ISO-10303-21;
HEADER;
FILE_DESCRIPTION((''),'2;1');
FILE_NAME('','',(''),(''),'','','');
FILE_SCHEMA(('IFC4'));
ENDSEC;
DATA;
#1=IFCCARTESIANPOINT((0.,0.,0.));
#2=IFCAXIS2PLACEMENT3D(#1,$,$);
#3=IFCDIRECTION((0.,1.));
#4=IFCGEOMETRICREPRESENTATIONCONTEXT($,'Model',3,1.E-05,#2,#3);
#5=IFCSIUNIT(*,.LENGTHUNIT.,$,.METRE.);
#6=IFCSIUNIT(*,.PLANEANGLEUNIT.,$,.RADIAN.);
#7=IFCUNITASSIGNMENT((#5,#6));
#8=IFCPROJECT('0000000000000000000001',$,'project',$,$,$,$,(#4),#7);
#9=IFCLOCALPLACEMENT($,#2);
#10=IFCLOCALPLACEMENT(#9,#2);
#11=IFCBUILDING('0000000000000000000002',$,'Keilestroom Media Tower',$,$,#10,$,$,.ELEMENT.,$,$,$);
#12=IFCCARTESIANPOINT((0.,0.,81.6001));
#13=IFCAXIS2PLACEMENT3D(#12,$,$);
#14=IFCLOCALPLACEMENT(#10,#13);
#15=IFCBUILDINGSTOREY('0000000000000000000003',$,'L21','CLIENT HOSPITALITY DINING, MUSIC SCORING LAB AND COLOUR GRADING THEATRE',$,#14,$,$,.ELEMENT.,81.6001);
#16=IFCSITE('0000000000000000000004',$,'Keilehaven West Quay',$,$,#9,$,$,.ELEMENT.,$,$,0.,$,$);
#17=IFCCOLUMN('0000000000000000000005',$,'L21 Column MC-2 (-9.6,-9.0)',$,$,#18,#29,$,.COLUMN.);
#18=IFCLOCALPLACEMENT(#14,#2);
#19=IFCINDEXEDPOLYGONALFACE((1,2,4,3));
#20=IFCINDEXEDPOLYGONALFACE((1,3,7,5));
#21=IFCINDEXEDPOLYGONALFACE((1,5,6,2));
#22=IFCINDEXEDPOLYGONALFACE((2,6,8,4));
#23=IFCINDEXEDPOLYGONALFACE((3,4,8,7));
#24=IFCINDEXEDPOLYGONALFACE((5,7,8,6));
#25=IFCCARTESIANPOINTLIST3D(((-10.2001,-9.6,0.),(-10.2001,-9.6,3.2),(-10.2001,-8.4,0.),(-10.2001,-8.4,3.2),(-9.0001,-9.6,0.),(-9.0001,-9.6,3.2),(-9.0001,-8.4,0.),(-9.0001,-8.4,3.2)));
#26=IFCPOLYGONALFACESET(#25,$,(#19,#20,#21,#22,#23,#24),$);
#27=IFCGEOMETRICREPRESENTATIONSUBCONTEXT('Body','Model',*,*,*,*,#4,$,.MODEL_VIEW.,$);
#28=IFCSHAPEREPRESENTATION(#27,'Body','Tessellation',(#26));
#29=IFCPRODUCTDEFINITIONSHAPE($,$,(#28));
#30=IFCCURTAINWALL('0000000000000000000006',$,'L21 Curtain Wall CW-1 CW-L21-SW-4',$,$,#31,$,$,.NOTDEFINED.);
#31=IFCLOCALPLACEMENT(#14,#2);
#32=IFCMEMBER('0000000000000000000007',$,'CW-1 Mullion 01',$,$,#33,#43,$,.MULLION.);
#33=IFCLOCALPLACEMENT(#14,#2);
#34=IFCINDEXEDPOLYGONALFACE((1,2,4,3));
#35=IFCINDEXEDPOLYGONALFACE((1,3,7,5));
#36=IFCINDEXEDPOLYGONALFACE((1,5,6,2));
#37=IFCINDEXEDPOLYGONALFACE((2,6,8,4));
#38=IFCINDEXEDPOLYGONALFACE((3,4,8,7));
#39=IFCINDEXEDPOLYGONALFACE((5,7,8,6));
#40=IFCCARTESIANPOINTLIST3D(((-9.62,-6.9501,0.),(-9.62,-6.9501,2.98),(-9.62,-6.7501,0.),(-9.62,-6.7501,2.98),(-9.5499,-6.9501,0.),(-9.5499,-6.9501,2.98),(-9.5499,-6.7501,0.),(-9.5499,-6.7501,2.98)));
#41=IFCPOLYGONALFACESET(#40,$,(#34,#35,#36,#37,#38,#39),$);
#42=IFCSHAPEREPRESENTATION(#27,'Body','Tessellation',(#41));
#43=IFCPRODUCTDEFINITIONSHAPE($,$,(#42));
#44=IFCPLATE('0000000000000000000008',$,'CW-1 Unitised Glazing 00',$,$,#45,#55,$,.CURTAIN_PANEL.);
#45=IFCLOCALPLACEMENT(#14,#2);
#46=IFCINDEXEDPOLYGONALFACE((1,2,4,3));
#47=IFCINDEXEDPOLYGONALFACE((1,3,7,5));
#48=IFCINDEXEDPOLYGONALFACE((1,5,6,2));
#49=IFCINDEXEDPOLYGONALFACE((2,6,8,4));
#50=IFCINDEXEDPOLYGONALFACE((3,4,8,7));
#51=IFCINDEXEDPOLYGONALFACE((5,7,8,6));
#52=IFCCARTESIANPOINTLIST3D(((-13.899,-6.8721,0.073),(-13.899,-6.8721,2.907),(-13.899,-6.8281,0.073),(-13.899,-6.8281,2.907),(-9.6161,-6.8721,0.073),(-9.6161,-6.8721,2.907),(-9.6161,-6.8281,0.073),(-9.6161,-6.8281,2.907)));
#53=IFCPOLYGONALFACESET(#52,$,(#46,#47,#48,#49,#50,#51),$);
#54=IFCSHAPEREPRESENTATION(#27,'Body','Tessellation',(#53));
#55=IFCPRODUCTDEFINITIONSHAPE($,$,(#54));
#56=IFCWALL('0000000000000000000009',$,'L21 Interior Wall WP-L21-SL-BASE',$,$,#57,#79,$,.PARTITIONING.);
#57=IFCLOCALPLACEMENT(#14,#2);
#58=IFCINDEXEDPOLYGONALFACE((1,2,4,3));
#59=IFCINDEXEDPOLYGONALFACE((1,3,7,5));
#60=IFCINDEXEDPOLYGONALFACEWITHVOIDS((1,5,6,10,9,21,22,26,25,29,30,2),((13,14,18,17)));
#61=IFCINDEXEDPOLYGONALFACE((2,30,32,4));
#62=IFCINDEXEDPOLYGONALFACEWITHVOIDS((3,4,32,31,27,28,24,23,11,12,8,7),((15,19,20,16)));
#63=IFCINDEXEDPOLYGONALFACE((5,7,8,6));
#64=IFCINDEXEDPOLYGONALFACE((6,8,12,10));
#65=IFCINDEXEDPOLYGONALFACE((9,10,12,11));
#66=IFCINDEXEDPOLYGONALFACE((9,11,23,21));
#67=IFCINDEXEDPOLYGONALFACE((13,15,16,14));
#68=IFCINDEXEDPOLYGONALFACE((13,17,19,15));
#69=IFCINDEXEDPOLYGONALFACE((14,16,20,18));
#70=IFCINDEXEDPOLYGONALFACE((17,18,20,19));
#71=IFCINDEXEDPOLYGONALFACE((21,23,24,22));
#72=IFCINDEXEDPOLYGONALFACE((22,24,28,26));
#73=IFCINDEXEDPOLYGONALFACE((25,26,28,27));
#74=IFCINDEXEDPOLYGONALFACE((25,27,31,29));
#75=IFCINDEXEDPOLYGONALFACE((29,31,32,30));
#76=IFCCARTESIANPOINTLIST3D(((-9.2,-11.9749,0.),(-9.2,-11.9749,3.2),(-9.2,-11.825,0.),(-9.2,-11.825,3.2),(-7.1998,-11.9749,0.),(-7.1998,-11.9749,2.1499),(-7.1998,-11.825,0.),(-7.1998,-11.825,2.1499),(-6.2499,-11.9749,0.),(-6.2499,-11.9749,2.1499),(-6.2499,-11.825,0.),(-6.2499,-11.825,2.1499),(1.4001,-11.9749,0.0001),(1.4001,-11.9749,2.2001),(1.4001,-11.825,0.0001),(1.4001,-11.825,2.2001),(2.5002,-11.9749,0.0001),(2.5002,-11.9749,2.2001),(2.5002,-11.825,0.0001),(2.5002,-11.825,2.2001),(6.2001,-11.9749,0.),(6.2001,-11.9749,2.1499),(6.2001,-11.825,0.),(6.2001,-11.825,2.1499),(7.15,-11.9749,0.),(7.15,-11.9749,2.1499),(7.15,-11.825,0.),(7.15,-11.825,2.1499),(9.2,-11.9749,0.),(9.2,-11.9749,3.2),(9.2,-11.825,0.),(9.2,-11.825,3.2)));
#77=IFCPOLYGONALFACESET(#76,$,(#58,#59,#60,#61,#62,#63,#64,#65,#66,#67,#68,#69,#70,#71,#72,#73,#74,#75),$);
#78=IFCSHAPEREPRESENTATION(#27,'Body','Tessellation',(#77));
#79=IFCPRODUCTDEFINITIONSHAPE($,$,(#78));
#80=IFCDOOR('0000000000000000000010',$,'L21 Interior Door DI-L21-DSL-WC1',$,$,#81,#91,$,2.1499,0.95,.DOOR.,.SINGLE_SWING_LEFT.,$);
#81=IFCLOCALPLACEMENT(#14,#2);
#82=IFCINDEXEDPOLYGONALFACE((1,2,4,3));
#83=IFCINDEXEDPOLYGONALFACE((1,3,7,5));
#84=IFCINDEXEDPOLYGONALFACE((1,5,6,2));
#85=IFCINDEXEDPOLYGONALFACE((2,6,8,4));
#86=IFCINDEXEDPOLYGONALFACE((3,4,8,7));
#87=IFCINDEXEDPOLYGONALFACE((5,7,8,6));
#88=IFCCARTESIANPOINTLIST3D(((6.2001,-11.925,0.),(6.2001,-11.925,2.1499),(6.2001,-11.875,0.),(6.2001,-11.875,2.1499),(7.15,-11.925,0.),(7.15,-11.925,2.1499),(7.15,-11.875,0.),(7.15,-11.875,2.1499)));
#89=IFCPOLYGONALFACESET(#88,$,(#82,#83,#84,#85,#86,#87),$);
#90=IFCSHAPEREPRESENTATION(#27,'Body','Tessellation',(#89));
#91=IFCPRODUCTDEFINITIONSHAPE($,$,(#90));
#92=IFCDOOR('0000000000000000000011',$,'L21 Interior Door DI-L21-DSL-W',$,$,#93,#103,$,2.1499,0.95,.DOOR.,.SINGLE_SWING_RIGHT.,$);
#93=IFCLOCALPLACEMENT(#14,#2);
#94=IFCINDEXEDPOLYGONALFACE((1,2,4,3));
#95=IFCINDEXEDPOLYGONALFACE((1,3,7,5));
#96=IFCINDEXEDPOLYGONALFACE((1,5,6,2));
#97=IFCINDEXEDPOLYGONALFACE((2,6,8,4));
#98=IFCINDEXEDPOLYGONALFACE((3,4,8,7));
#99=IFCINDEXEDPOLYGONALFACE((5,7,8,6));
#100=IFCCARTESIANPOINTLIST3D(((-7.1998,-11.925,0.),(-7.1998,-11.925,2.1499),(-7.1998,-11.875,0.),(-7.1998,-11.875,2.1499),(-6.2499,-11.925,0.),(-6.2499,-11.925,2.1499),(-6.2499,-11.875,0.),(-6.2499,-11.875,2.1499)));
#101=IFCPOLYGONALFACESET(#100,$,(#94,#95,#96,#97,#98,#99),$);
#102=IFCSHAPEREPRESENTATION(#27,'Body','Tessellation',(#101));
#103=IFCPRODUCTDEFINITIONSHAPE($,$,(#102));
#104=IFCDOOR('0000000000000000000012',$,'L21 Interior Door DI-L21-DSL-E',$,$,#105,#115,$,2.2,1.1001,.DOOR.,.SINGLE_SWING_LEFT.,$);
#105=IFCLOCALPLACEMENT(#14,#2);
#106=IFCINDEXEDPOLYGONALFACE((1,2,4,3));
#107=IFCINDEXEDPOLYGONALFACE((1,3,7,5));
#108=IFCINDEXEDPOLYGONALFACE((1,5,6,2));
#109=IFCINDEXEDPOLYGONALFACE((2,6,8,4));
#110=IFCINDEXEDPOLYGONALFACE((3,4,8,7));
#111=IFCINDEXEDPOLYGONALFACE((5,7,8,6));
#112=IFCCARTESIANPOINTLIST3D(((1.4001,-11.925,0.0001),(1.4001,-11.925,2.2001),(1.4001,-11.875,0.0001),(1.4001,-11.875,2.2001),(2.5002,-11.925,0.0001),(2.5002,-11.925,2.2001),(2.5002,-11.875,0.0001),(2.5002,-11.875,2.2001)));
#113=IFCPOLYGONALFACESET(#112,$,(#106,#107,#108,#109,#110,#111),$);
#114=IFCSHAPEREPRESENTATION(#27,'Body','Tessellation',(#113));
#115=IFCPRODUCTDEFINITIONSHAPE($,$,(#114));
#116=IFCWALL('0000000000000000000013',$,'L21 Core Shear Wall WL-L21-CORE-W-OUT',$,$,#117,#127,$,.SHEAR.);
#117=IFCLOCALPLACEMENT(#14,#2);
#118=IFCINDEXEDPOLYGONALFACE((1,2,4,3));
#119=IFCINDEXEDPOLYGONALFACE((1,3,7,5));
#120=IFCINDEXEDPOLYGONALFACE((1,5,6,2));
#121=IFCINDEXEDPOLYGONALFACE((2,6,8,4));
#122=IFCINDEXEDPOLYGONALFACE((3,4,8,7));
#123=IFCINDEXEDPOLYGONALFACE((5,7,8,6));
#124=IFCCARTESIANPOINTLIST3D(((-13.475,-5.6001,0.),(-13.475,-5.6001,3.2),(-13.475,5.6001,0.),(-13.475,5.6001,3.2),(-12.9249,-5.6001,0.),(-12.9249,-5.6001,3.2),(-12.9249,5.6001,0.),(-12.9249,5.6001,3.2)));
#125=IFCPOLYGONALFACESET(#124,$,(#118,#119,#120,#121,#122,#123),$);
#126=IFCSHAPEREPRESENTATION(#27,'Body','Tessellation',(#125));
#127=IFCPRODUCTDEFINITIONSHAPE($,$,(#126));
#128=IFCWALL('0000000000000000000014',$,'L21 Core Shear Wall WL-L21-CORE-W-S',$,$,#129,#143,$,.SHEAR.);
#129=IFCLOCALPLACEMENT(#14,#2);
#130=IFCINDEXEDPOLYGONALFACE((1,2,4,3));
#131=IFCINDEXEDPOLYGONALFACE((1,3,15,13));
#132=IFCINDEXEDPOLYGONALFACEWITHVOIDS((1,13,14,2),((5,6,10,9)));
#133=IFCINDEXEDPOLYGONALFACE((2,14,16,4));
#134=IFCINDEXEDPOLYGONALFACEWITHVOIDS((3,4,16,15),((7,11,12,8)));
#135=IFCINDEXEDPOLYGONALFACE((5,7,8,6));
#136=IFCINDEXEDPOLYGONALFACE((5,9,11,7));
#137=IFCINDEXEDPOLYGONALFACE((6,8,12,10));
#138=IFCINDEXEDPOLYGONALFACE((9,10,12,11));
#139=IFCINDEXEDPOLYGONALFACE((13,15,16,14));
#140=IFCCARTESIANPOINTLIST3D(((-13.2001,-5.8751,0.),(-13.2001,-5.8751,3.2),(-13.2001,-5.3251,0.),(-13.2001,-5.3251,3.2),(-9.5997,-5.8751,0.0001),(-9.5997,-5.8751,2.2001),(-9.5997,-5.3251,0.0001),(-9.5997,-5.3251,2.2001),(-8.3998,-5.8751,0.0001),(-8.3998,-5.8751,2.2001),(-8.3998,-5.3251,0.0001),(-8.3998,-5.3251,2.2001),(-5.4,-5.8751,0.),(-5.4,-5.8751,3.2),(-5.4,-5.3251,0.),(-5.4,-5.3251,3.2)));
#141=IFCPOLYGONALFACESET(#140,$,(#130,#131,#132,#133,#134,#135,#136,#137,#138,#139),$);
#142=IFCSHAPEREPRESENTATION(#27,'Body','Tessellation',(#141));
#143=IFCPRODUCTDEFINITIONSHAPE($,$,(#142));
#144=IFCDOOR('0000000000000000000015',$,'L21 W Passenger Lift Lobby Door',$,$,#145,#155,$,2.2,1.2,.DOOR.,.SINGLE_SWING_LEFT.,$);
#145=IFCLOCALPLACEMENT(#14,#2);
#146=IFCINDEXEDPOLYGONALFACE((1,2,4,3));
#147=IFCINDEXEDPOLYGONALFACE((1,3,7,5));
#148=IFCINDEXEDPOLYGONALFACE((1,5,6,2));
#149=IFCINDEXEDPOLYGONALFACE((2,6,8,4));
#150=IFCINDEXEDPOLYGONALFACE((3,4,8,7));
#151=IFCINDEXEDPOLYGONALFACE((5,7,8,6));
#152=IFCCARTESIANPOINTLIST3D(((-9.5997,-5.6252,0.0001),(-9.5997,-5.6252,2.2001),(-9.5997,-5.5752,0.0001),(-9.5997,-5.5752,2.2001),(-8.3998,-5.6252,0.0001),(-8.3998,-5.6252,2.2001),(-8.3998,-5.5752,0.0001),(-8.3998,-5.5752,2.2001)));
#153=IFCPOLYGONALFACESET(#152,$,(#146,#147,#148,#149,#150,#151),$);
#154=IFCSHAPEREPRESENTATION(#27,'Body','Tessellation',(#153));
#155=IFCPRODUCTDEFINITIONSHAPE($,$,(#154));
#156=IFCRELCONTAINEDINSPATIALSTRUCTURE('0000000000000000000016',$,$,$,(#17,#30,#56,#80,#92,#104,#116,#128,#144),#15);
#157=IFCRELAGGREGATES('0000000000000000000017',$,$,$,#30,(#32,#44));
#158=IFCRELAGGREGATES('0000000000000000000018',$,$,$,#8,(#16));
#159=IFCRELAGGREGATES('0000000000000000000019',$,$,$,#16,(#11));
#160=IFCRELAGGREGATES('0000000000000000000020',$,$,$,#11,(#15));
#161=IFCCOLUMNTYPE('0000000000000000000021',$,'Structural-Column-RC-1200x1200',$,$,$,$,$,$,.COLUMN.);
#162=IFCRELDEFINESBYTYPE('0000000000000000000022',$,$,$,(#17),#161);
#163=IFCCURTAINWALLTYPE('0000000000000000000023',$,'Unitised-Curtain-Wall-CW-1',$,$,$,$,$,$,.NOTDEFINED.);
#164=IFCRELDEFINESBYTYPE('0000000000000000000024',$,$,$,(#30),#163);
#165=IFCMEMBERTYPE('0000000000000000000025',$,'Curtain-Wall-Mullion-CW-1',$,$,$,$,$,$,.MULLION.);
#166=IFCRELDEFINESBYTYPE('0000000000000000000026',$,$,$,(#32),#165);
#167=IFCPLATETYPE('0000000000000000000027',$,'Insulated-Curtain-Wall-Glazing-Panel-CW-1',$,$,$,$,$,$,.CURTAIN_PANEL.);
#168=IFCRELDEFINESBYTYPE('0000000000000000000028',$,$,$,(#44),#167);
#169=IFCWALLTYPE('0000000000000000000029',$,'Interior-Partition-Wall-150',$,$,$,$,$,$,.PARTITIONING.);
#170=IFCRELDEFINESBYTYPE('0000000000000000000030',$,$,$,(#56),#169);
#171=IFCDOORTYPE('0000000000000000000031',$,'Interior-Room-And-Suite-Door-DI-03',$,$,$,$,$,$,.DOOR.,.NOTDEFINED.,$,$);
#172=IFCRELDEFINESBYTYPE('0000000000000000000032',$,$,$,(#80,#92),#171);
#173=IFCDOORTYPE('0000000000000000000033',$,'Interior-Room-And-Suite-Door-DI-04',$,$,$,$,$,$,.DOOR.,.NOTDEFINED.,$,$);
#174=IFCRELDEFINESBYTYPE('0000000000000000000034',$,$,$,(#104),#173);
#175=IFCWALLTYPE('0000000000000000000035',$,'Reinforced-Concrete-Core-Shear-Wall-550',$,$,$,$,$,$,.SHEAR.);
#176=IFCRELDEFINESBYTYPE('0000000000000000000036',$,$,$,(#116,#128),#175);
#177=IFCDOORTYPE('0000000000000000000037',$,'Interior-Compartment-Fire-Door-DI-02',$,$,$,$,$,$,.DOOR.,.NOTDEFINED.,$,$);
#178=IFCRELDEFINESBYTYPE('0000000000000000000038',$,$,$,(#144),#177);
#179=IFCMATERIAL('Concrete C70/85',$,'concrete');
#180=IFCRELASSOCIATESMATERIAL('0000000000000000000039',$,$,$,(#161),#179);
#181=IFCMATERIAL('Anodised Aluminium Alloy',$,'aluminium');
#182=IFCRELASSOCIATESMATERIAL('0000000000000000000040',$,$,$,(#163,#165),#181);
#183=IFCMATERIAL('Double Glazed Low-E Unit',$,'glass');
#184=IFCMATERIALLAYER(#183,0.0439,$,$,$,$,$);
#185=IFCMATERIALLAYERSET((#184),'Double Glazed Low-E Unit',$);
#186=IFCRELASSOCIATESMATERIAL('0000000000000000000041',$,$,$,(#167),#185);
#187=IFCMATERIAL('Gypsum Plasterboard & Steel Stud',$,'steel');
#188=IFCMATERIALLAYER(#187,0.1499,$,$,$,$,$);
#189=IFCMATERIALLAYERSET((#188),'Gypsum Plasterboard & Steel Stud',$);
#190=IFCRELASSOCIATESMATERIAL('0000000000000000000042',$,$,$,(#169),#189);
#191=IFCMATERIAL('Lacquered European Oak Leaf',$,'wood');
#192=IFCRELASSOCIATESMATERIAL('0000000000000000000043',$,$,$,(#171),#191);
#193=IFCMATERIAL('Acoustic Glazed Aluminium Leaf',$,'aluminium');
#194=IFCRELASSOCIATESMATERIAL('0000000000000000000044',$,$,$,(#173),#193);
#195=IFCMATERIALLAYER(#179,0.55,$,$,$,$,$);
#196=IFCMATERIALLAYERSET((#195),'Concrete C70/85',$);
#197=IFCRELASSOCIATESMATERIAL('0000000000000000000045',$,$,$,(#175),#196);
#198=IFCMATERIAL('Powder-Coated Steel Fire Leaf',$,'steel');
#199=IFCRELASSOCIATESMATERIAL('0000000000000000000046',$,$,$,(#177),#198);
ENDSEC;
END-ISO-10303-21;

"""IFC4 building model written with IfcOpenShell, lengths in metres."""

from ifc_helpers import new_model, si_unit, direction, frame, frame_2d, origin, origin_2d, place, context, subcontext, project, spatial, rectangle, extrude, source, transform, mapped, material, layer, layer_set, material_profile, profile_set, type_object, element, fill, aggregate, save


model = new_model("IFC4")

# Units and contexts
model_context = context("Model", 3, precision=1e-05, world=origin(), true_north=direction((0.0, 1.0)))
body_context = subcontext(model_context, "Body", "Model", "MODEL_VIEW")
ifc_project = project(units=[si_unit("LENGTHUNIT", "METRE"), si_unit("PLANEANGLEUNIT", "RADIAN")], contexts=[model_context])

# Site, building, storey
site_placement = place(None, origin())
site = spatial("IfcSite", under=ifc_project, at=site_placement, Name="Keilehaven West Quay", CompositionType="ELEMENT", RefElevation=0.0)
building_placement = place(site_placement, origin())
building = spatial("IfcBuilding", under=site, at=building_placement, Name="Keilestroom Media Tower", CompositionType="ELEMENT")
storey_placement = place(building_placement, frame((0.0, 0.0, 81.6001)))
storey = spatial("IfcBuildingStorey", under=building, at=storey_placement, Name="L21", Description="CLIENT HOSPITALITY DINING, MUSIC SCORING LAB AND COLOUR GRADING THEATRE", CompositionType="ELEMENT", Elevation=81.6001)

# Column
ifc_material_1 = material(Name="Concrete C70/85", Category="concrete")
ifc_material_profile_1 = material_profile(ifc_material_1, rectangle(XDim=1.2, YDim=1.2, at=origin_2d()), Name="RC 1200x1200")
ifc_profile_set_1 = profile_set([ifc_material_profile_1], Name="Concrete C70/85")
column_type = type_object("IfcColumnType", Name="Structural-Column-RC-1200x1200", PredefinedType="COLUMN", material=ifc_profile_set_1)
shared_shape_1 = source(origin(), body_context, "Body", "SweptSolid", [
    extrude(rectangle(XDim=1.2, YDim=1.2, at=origin_2d()), origin(), (0.0, 0.0, 1.0), 3.2),
])
column_placement = place(storey_placement, frame((-9.6001, -9.0, 0.0), z_axis=(0.0, 0.0, 1.0), x_axis=(1.0, 0.0, 0.0)))
element("IfcColumn", 1, at=column_placement, inside=storey, type_object=column_type, Name="L21 Column MC-2 (-9.6,-9.0)", PredefinedType="COLUMN", context=body_context, shape_type="MappedRepresentation", body=[
    mapped(shared_shape_1, transform((0.0, 0.0, 0.0), x_axis=(1.0, 0.0, 0.0), y_axis=(0.0, 1.0, 0.0), z_axis=(0.0, 0.0, 1.0), scale=1.0)),
])

# Curtain wall, member, plate
ifc_material_2 = material(Name="Anodised Aluminium Alloy", Category="aluminium")
curtain_wall_type = type_object("IfcCurtainWallType", Name="Unitised-Curtain-Wall-CW-1", PredefinedType="NOTDEFINED", material=ifc_material_2)
curtain_wall_placement = place(storey_placement, origin())
curtain_wall = element("IfcCurtainWall", 2, at=curtain_wall_placement, inside=storey, type_object=curtain_wall_type, Name="L21 Curtain Wall CW-1 CW-L21-SW-4", PredefinedType="NOTDEFINED")
ifc_material_profile_2 = material_profile(ifc_material_2, rectangle(XDim=0.0701, YDim=0.2, at=origin_2d()), Name="ALU MULLION 70x200")
ifc_profile_set_2 = profile_set([ifc_material_profile_2], Name="Anodised Aluminium Alloy")
member_type = type_object("IfcMemberType", Name="Curtain-Wall-Mullion-CW-1", PredefinedType="MULLION", material=ifc_profile_set_2)
shared_shape_2 = source(origin(), body_context, "Body", "SweptSolid", [
    extrude(rectangle(XDim=0.0701, YDim=0.2, at=origin_2d()), origin(), (0.0, 0.0, 1.0), 2.98),
])
member_placement = place(storey_placement, frame((-9.585, -6.8501, 0.0), z_axis=(0.0, 0.0, 1.0), x_axis=(1.0, 0.0, 0.0)))
member = element("IfcMember", 3, at=member_placement, type_object=member_type, Name="CW-1 Mullion 01", PredefinedType="MULLION", context=body_context, shape_type="MappedRepresentation", body=[
    mapped(shared_shape_2, transform((0.0, 0.0, 0.0), x_axis=(1.0, 0.0, 0.0), y_axis=(0.0, 1.0, 0.0), z_axis=(0.0, 0.0, 1.0), scale=1.0)),
])
ifc_material_3 = material(Name="Double Glazed Low-E Unit", Category="glass")
ifc_layer_1 = layer(ifc_material_3, 0.0439)
ifc_layer_set_1 = layer_set([ifc_layer_1], Name="Double Glazed Low-E Unit")
plate_type = type_object("IfcPlateType", Name="Insulated-Curtain-Wall-Glazing-Panel-CW-1", PredefinedType="CURTAIN_PANEL", material=ifc_layer_set_1)
shared_shape_3 = source(origin(), body_context, "Body", "SweptSolid", [
    extrude(rectangle(XDim=4.283, YDim=0.0439, at=origin_2d()), origin(), (0.0, 0.0, 1.0), 2.834),
])
plate_placement = place(storey_placement, frame((-11.7576, -6.8501, 0.073), z_axis=(0.0, 0.0, 1.0), x_axis=(1.0, 0.0, 0.0)))
plate = element("IfcPlate", 4, at=plate_placement, type_object=plate_type, Name="CW-1 Unitised Glazing 00", PredefinedType="CURTAIN_PANEL", context=body_context, shape_type="MappedRepresentation", body=[
    mapped(shared_shape_3, transform((0.0, 0.0, 0.0), x_axis=(1.0, 0.0, 0.0), y_axis=(0.0, 1.0, 0.0), z_axis=(0.0, 0.0, 1.0), scale=1.0)),
])
aggregate(curtain_wall, [member, plate])

# Wall, openings, doors
ifc_material_4 = material(Name="Gypsum Plasterboard & Steel Stud", Category="steel")
ifc_layer_2 = layer(ifc_material_4, 0.1499)
ifc_layer_set_2 = layer_set([ifc_layer_2], Name="Gypsum Plasterboard & Steel Stud")
wall_type_1 = type_object("IfcWallType", Name="Interior-Partition-Wall-150", PredefinedType="PARTITIONING", material=ifc_layer_set_2)
wall_1_placement = place(storey_placement, frame((-9.2, -11.8999, 0.0), z_axis=(0.0, 0.0, 1.0), x_axis=(1.0, 0.0, 0.0)))
wall_1 = element("IfcWall", 5, at=wall_1_placement, inside=storey, type_object=wall_type_1, Name="L21 Interior Wall WP-L21-SL-BASE", PredefinedType="PARTITIONING", context=body_context, shape_type="SweptSolid", body=[
    extrude(rectangle(XDim=18.3999, YDim=0.1499, at=frame_2d((9.2, 0.0))), origin(), (0.0, 0.0, 1.0), 3.2),
])
opening_1_placement = place(wall_1_placement, frame((15.3999, 0.0, 0.0)))
opening_1 = element("IfcOpeningElement", 6, at=opening_1_placement, cuts=wall_1, PredefinedType="OPENING", context=body_context, shape_type="SweptSolid", body=[
    extrude(rectangle(XDim=0.95, YDim=2.1499, at=frame_2d((0.4751, 1.075))), frame((0.0, 0.085, 0.0), z_axis=(0.0, -1.0, 0.0), x_axis=(1.0, 0.0, 0.0)), (0.0, 0.0, 1.0), 0.1699),
])
opening_2_placement = place(wall_1_placement, frame((2.0, 0.0, 0.0)))
opening_2 = element("IfcOpeningElement", 7, at=opening_2_placement, cuts=wall_1, PredefinedType="OPENING", context=body_context, shape_type="SweptSolid", body=[
    extrude(rectangle(XDim=0.95, YDim=2.1499, at=frame_2d((0.4751, 1.075))), frame((0.0, 0.085, 0.0), z_axis=(0.0, -1.0, 0.0), x_axis=(1.0, 0.0, 0.0)), (0.0, 0.0, 1.0), 0.1699),
])
opening_3_placement = place(wall_1_placement, frame((10.6001, 0.0, 0.0)))
opening_3 = element("IfcOpeningElement", 8, at=opening_3_placement, cuts=wall_1, PredefinedType="OPENING", context=body_context, shape_type="SweptSolid", body=[
    extrude(rectangle(XDim=1.1001, YDim=2.2, at=frame_2d((0.55, 1.1001))), frame((0.0, 0.085, 0.0), z_axis=(0.0, -1.0, 0.0), x_axis=(1.0, 0.0, 0.0)), (0.0, 0.0, 1.0), 0.1699),
])
ifc_material_5 = material(Name="Lacquered European Oak Leaf", Category="wood")
door_type_1 = type_object("IfcDoorType", Name="Interior-Room-And-Suite-Door-DI-03", OperationType="NOTDEFINED", PredefinedType="DOOR", material=ifc_material_5)
shared_shape_4 = source(origin(), body_context, "Body", "SweptSolid", [
    extrude(rectangle(XDim=0.95, YDim=2.1499, at=frame_2d((0.4751, 1.075))), frame((0.0, 0.0249, 0.0), z_axis=(0.0, -1.0, 0.0), x_axis=(1.0, 0.0, 0.0)), (0.0, 0.0, 1.0), 0.05),
])
door_1_placement = place(opening_1_placement, origin())
door_1 = element("IfcDoor", 9, at=door_1_placement, inside=storey, type_object=door_type_1, Name="L21 Interior Door DI-L21-DSL-WC1", OperationType="SINGLE_SWING_LEFT", OverallHeight=2.1499, OverallWidth=0.95, PredefinedType="DOOR", context=body_context, shape_type="MappedRepresentation", body=[
    mapped(shared_shape_4, transform((0.0, 0.0, 0.0), x_axis=(1.0, 0.0, 0.0), y_axis=(0.0, 1.0, 0.0), z_axis=(0.0, 0.0, 1.0), scale=1.0)),
])
fill(opening_1, door_1)
door_2_placement = place(opening_2_placement, origin())
door_2 = element("IfcDoor", 10, at=door_2_placement, inside=storey, type_object=door_type_1, Name="L21 Interior Door DI-L21-DSL-W", OperationType="SINGLE_SWING_RIGHT", OverallHeight=2.1499, OverallWidth=0.95, PredefinedType="DOOR", context=body_context, shape_type="MappedRepresentation", body=[
    mapped(shared_shape_4, transform((0.0, 0.0, 0.0), x_axis=(1.0, 0.0, 0.0), y_axis=(0.0, 1.0, 0.0), z_axis=(0.0, 0.0, 1.0), scale=1.0)),
])
fill(opening_2, door_2)
ifc_material_6 = material(Name="Acoustic Glazed Aluminium Leaf", Category="aluminium")
door_type_2 = type_object("IfcDoorType", Name="Interior-Room-And-Suite-Door-DI-04", OperationType="NOTDEFINED", PredefinedType="DOOR", material=ifc_material_6)
shared_shape_5 = source(origin(), body_context, "Body", "SweptSolid", [
    extrude(rectangle(XDim=1.1001, YDim=2.2, at=frame_2d((0.55, 1.1001))), frame((0.0, 0.0249, 0.0), z_axis=(0.0, -1.0, 0.0), x_axis=(1.0, 0.0, 0.0)), (0.0, 0.0, 1.0), 0.05),
])
door_3_placement = place(opening_3_placement, origin())
door_3 = element("IfcDoor", 11, at=door_3_placement, inside=storey, type_object=door_type_2, Name="L21 Interior Door DI-L21-DSL-E", OperationType="SINGLE_SWING_LEFT", OverallHeight=2.2, OverallWidth=1.1001, PredefinedType="DOOR", context=body_context, shape_type="MappedRepresentation", body=[
    mapped(shared_shape_5, transform((0.0, 0.0, 0.0), x_axis=(1.0, 0.0, 0.0), y_axis=(0.0, 1.0, 0.0), z_axis=(0.0, 0.0, 1.0), scale=1.0)),
])
fill(opening_3, door_3)

# Wall
ifc_layer_3 = layer(ifc_material_1, 0.55)
ifc_layer_set_3 = layer_set([ifc_layer_3], Name="Concrete C70/85")
wall_type_2 = type_object("IfcWallType", Name="Reinforced-Concrete-Core-Shear-Wall-550", PredefinedType="SHEAR", material=ifc_layer_set_3)
wall_2_placement = place(storey_placement, frame((-13.2, -5.6001, 0.0), z_axis=(0.0, 0.0, 1.0), x_axis=(0.0, 1.0, 0.0)))
element("IfcWall", 12, at=wall_2_placement, inside=storey, type_object=wall_type_2, Name="L21 Core Shear Wall WL-L21-CORE-W-OUT", PredefinedType="SHEAR", context=body_context, shape_type="SweptSolid", body=[
    extrude(rectangle(XDim=11.2002, YDim=0.55, at=frame_2d((5.6001, 0.0))), origin(), (0.0, 0.0, 1.0), 3.2),
])

# Wall, opening, door
wall_3_placement = place(storey_placement, frame((-13.2, -5.6001, 0.0), z_axis=(0.0, 0.0, 1.0), x_axis=(1.0, 0.0, 0.0)))
wall_3 = element("IfcWall", 13, at=wall_3_placement, inside=storey, type_object=wall_type_2, Name="L21 Core Shear Wall WL-L21-CORE-W-S", PredefinedType="SHEAR", context=body_context, shape_type="SweptSolid", body=[
    extrude(rectangle(XDim=7.8, YDim=0.55, at=frame_2d((3.8999, 0.0))), origin(), (0.0, 0.0, 1.0), 3.2),
])
opening_4_placement = place(wall_3_placement, frame((3.6001, 0.0, 0.0)))
opening_4 = element("IfcOpeningElement", 14, at=opening_4_placement, cuts=wall_3, PredefinedType="OPENING", context=body_context, shape_type="SweptSolid", body=[
    extrude(rectangle(XDim=1.2, YDim=2.2, at=frame_2d((0.6001, 1.1001))), frame((0.0, 0.2852, 0.0), z_axis=(0.0, -1.0, 0.0), x_axis=(1.0, 0.0, 0.0)), (0.0, 0.0, 1.0), 0.5701),
])
ifc_material_7 = material(Name="Powder-Coated Steel Fire Leaf", Category="steel")
door_type_3 = type_object("IfcDoorType", Name="Interior-Compartment-Fire-Door-DI-02", OperationType="NOTDEFINED", PredefinedType="DOOR", material=ifc_material_7)
shared_shape_6 = source(origin(), body_context, "Body", "SweptSolid", [
    extrude(rectangle(XDim=1.2, YDim=2.2, at=frame_2d((0.6001, 1.1001))), frame((0.0, 0.0249, 0.0), z_axis=(0.0, -1.0, 0.0), x_axis=(1.0, 0.0, 0.0)), (0.0, 0.0, 1.0), 0.05),
])
door_4_placement = place(opening_4_placement, origin())
door_4 = element("IfcDoor", 15, at=door_4_placement, inside=storey, type_object=door_type_3, Name="L21 W Passenger Lift Lobby Door", OperationType="SINGLE_SWING_LEFT", OverallHeight=2.2, OverallWidth=1.2, PredefinedType="DOOR", context=body_context, shape_type="MappedRepresentation", body=[
    mapped(shared_shape_6, transform((0.0, 0.0, 0.0), x_axis=(1.0, 0.0, 0.0), y_axis=(0.0, 1.0, 0.0), z_axis=(0.0, 0.0, 1.0), scale=1.0)),
])
fill(opening_4, door_4)

save(model, "model.ifc")
